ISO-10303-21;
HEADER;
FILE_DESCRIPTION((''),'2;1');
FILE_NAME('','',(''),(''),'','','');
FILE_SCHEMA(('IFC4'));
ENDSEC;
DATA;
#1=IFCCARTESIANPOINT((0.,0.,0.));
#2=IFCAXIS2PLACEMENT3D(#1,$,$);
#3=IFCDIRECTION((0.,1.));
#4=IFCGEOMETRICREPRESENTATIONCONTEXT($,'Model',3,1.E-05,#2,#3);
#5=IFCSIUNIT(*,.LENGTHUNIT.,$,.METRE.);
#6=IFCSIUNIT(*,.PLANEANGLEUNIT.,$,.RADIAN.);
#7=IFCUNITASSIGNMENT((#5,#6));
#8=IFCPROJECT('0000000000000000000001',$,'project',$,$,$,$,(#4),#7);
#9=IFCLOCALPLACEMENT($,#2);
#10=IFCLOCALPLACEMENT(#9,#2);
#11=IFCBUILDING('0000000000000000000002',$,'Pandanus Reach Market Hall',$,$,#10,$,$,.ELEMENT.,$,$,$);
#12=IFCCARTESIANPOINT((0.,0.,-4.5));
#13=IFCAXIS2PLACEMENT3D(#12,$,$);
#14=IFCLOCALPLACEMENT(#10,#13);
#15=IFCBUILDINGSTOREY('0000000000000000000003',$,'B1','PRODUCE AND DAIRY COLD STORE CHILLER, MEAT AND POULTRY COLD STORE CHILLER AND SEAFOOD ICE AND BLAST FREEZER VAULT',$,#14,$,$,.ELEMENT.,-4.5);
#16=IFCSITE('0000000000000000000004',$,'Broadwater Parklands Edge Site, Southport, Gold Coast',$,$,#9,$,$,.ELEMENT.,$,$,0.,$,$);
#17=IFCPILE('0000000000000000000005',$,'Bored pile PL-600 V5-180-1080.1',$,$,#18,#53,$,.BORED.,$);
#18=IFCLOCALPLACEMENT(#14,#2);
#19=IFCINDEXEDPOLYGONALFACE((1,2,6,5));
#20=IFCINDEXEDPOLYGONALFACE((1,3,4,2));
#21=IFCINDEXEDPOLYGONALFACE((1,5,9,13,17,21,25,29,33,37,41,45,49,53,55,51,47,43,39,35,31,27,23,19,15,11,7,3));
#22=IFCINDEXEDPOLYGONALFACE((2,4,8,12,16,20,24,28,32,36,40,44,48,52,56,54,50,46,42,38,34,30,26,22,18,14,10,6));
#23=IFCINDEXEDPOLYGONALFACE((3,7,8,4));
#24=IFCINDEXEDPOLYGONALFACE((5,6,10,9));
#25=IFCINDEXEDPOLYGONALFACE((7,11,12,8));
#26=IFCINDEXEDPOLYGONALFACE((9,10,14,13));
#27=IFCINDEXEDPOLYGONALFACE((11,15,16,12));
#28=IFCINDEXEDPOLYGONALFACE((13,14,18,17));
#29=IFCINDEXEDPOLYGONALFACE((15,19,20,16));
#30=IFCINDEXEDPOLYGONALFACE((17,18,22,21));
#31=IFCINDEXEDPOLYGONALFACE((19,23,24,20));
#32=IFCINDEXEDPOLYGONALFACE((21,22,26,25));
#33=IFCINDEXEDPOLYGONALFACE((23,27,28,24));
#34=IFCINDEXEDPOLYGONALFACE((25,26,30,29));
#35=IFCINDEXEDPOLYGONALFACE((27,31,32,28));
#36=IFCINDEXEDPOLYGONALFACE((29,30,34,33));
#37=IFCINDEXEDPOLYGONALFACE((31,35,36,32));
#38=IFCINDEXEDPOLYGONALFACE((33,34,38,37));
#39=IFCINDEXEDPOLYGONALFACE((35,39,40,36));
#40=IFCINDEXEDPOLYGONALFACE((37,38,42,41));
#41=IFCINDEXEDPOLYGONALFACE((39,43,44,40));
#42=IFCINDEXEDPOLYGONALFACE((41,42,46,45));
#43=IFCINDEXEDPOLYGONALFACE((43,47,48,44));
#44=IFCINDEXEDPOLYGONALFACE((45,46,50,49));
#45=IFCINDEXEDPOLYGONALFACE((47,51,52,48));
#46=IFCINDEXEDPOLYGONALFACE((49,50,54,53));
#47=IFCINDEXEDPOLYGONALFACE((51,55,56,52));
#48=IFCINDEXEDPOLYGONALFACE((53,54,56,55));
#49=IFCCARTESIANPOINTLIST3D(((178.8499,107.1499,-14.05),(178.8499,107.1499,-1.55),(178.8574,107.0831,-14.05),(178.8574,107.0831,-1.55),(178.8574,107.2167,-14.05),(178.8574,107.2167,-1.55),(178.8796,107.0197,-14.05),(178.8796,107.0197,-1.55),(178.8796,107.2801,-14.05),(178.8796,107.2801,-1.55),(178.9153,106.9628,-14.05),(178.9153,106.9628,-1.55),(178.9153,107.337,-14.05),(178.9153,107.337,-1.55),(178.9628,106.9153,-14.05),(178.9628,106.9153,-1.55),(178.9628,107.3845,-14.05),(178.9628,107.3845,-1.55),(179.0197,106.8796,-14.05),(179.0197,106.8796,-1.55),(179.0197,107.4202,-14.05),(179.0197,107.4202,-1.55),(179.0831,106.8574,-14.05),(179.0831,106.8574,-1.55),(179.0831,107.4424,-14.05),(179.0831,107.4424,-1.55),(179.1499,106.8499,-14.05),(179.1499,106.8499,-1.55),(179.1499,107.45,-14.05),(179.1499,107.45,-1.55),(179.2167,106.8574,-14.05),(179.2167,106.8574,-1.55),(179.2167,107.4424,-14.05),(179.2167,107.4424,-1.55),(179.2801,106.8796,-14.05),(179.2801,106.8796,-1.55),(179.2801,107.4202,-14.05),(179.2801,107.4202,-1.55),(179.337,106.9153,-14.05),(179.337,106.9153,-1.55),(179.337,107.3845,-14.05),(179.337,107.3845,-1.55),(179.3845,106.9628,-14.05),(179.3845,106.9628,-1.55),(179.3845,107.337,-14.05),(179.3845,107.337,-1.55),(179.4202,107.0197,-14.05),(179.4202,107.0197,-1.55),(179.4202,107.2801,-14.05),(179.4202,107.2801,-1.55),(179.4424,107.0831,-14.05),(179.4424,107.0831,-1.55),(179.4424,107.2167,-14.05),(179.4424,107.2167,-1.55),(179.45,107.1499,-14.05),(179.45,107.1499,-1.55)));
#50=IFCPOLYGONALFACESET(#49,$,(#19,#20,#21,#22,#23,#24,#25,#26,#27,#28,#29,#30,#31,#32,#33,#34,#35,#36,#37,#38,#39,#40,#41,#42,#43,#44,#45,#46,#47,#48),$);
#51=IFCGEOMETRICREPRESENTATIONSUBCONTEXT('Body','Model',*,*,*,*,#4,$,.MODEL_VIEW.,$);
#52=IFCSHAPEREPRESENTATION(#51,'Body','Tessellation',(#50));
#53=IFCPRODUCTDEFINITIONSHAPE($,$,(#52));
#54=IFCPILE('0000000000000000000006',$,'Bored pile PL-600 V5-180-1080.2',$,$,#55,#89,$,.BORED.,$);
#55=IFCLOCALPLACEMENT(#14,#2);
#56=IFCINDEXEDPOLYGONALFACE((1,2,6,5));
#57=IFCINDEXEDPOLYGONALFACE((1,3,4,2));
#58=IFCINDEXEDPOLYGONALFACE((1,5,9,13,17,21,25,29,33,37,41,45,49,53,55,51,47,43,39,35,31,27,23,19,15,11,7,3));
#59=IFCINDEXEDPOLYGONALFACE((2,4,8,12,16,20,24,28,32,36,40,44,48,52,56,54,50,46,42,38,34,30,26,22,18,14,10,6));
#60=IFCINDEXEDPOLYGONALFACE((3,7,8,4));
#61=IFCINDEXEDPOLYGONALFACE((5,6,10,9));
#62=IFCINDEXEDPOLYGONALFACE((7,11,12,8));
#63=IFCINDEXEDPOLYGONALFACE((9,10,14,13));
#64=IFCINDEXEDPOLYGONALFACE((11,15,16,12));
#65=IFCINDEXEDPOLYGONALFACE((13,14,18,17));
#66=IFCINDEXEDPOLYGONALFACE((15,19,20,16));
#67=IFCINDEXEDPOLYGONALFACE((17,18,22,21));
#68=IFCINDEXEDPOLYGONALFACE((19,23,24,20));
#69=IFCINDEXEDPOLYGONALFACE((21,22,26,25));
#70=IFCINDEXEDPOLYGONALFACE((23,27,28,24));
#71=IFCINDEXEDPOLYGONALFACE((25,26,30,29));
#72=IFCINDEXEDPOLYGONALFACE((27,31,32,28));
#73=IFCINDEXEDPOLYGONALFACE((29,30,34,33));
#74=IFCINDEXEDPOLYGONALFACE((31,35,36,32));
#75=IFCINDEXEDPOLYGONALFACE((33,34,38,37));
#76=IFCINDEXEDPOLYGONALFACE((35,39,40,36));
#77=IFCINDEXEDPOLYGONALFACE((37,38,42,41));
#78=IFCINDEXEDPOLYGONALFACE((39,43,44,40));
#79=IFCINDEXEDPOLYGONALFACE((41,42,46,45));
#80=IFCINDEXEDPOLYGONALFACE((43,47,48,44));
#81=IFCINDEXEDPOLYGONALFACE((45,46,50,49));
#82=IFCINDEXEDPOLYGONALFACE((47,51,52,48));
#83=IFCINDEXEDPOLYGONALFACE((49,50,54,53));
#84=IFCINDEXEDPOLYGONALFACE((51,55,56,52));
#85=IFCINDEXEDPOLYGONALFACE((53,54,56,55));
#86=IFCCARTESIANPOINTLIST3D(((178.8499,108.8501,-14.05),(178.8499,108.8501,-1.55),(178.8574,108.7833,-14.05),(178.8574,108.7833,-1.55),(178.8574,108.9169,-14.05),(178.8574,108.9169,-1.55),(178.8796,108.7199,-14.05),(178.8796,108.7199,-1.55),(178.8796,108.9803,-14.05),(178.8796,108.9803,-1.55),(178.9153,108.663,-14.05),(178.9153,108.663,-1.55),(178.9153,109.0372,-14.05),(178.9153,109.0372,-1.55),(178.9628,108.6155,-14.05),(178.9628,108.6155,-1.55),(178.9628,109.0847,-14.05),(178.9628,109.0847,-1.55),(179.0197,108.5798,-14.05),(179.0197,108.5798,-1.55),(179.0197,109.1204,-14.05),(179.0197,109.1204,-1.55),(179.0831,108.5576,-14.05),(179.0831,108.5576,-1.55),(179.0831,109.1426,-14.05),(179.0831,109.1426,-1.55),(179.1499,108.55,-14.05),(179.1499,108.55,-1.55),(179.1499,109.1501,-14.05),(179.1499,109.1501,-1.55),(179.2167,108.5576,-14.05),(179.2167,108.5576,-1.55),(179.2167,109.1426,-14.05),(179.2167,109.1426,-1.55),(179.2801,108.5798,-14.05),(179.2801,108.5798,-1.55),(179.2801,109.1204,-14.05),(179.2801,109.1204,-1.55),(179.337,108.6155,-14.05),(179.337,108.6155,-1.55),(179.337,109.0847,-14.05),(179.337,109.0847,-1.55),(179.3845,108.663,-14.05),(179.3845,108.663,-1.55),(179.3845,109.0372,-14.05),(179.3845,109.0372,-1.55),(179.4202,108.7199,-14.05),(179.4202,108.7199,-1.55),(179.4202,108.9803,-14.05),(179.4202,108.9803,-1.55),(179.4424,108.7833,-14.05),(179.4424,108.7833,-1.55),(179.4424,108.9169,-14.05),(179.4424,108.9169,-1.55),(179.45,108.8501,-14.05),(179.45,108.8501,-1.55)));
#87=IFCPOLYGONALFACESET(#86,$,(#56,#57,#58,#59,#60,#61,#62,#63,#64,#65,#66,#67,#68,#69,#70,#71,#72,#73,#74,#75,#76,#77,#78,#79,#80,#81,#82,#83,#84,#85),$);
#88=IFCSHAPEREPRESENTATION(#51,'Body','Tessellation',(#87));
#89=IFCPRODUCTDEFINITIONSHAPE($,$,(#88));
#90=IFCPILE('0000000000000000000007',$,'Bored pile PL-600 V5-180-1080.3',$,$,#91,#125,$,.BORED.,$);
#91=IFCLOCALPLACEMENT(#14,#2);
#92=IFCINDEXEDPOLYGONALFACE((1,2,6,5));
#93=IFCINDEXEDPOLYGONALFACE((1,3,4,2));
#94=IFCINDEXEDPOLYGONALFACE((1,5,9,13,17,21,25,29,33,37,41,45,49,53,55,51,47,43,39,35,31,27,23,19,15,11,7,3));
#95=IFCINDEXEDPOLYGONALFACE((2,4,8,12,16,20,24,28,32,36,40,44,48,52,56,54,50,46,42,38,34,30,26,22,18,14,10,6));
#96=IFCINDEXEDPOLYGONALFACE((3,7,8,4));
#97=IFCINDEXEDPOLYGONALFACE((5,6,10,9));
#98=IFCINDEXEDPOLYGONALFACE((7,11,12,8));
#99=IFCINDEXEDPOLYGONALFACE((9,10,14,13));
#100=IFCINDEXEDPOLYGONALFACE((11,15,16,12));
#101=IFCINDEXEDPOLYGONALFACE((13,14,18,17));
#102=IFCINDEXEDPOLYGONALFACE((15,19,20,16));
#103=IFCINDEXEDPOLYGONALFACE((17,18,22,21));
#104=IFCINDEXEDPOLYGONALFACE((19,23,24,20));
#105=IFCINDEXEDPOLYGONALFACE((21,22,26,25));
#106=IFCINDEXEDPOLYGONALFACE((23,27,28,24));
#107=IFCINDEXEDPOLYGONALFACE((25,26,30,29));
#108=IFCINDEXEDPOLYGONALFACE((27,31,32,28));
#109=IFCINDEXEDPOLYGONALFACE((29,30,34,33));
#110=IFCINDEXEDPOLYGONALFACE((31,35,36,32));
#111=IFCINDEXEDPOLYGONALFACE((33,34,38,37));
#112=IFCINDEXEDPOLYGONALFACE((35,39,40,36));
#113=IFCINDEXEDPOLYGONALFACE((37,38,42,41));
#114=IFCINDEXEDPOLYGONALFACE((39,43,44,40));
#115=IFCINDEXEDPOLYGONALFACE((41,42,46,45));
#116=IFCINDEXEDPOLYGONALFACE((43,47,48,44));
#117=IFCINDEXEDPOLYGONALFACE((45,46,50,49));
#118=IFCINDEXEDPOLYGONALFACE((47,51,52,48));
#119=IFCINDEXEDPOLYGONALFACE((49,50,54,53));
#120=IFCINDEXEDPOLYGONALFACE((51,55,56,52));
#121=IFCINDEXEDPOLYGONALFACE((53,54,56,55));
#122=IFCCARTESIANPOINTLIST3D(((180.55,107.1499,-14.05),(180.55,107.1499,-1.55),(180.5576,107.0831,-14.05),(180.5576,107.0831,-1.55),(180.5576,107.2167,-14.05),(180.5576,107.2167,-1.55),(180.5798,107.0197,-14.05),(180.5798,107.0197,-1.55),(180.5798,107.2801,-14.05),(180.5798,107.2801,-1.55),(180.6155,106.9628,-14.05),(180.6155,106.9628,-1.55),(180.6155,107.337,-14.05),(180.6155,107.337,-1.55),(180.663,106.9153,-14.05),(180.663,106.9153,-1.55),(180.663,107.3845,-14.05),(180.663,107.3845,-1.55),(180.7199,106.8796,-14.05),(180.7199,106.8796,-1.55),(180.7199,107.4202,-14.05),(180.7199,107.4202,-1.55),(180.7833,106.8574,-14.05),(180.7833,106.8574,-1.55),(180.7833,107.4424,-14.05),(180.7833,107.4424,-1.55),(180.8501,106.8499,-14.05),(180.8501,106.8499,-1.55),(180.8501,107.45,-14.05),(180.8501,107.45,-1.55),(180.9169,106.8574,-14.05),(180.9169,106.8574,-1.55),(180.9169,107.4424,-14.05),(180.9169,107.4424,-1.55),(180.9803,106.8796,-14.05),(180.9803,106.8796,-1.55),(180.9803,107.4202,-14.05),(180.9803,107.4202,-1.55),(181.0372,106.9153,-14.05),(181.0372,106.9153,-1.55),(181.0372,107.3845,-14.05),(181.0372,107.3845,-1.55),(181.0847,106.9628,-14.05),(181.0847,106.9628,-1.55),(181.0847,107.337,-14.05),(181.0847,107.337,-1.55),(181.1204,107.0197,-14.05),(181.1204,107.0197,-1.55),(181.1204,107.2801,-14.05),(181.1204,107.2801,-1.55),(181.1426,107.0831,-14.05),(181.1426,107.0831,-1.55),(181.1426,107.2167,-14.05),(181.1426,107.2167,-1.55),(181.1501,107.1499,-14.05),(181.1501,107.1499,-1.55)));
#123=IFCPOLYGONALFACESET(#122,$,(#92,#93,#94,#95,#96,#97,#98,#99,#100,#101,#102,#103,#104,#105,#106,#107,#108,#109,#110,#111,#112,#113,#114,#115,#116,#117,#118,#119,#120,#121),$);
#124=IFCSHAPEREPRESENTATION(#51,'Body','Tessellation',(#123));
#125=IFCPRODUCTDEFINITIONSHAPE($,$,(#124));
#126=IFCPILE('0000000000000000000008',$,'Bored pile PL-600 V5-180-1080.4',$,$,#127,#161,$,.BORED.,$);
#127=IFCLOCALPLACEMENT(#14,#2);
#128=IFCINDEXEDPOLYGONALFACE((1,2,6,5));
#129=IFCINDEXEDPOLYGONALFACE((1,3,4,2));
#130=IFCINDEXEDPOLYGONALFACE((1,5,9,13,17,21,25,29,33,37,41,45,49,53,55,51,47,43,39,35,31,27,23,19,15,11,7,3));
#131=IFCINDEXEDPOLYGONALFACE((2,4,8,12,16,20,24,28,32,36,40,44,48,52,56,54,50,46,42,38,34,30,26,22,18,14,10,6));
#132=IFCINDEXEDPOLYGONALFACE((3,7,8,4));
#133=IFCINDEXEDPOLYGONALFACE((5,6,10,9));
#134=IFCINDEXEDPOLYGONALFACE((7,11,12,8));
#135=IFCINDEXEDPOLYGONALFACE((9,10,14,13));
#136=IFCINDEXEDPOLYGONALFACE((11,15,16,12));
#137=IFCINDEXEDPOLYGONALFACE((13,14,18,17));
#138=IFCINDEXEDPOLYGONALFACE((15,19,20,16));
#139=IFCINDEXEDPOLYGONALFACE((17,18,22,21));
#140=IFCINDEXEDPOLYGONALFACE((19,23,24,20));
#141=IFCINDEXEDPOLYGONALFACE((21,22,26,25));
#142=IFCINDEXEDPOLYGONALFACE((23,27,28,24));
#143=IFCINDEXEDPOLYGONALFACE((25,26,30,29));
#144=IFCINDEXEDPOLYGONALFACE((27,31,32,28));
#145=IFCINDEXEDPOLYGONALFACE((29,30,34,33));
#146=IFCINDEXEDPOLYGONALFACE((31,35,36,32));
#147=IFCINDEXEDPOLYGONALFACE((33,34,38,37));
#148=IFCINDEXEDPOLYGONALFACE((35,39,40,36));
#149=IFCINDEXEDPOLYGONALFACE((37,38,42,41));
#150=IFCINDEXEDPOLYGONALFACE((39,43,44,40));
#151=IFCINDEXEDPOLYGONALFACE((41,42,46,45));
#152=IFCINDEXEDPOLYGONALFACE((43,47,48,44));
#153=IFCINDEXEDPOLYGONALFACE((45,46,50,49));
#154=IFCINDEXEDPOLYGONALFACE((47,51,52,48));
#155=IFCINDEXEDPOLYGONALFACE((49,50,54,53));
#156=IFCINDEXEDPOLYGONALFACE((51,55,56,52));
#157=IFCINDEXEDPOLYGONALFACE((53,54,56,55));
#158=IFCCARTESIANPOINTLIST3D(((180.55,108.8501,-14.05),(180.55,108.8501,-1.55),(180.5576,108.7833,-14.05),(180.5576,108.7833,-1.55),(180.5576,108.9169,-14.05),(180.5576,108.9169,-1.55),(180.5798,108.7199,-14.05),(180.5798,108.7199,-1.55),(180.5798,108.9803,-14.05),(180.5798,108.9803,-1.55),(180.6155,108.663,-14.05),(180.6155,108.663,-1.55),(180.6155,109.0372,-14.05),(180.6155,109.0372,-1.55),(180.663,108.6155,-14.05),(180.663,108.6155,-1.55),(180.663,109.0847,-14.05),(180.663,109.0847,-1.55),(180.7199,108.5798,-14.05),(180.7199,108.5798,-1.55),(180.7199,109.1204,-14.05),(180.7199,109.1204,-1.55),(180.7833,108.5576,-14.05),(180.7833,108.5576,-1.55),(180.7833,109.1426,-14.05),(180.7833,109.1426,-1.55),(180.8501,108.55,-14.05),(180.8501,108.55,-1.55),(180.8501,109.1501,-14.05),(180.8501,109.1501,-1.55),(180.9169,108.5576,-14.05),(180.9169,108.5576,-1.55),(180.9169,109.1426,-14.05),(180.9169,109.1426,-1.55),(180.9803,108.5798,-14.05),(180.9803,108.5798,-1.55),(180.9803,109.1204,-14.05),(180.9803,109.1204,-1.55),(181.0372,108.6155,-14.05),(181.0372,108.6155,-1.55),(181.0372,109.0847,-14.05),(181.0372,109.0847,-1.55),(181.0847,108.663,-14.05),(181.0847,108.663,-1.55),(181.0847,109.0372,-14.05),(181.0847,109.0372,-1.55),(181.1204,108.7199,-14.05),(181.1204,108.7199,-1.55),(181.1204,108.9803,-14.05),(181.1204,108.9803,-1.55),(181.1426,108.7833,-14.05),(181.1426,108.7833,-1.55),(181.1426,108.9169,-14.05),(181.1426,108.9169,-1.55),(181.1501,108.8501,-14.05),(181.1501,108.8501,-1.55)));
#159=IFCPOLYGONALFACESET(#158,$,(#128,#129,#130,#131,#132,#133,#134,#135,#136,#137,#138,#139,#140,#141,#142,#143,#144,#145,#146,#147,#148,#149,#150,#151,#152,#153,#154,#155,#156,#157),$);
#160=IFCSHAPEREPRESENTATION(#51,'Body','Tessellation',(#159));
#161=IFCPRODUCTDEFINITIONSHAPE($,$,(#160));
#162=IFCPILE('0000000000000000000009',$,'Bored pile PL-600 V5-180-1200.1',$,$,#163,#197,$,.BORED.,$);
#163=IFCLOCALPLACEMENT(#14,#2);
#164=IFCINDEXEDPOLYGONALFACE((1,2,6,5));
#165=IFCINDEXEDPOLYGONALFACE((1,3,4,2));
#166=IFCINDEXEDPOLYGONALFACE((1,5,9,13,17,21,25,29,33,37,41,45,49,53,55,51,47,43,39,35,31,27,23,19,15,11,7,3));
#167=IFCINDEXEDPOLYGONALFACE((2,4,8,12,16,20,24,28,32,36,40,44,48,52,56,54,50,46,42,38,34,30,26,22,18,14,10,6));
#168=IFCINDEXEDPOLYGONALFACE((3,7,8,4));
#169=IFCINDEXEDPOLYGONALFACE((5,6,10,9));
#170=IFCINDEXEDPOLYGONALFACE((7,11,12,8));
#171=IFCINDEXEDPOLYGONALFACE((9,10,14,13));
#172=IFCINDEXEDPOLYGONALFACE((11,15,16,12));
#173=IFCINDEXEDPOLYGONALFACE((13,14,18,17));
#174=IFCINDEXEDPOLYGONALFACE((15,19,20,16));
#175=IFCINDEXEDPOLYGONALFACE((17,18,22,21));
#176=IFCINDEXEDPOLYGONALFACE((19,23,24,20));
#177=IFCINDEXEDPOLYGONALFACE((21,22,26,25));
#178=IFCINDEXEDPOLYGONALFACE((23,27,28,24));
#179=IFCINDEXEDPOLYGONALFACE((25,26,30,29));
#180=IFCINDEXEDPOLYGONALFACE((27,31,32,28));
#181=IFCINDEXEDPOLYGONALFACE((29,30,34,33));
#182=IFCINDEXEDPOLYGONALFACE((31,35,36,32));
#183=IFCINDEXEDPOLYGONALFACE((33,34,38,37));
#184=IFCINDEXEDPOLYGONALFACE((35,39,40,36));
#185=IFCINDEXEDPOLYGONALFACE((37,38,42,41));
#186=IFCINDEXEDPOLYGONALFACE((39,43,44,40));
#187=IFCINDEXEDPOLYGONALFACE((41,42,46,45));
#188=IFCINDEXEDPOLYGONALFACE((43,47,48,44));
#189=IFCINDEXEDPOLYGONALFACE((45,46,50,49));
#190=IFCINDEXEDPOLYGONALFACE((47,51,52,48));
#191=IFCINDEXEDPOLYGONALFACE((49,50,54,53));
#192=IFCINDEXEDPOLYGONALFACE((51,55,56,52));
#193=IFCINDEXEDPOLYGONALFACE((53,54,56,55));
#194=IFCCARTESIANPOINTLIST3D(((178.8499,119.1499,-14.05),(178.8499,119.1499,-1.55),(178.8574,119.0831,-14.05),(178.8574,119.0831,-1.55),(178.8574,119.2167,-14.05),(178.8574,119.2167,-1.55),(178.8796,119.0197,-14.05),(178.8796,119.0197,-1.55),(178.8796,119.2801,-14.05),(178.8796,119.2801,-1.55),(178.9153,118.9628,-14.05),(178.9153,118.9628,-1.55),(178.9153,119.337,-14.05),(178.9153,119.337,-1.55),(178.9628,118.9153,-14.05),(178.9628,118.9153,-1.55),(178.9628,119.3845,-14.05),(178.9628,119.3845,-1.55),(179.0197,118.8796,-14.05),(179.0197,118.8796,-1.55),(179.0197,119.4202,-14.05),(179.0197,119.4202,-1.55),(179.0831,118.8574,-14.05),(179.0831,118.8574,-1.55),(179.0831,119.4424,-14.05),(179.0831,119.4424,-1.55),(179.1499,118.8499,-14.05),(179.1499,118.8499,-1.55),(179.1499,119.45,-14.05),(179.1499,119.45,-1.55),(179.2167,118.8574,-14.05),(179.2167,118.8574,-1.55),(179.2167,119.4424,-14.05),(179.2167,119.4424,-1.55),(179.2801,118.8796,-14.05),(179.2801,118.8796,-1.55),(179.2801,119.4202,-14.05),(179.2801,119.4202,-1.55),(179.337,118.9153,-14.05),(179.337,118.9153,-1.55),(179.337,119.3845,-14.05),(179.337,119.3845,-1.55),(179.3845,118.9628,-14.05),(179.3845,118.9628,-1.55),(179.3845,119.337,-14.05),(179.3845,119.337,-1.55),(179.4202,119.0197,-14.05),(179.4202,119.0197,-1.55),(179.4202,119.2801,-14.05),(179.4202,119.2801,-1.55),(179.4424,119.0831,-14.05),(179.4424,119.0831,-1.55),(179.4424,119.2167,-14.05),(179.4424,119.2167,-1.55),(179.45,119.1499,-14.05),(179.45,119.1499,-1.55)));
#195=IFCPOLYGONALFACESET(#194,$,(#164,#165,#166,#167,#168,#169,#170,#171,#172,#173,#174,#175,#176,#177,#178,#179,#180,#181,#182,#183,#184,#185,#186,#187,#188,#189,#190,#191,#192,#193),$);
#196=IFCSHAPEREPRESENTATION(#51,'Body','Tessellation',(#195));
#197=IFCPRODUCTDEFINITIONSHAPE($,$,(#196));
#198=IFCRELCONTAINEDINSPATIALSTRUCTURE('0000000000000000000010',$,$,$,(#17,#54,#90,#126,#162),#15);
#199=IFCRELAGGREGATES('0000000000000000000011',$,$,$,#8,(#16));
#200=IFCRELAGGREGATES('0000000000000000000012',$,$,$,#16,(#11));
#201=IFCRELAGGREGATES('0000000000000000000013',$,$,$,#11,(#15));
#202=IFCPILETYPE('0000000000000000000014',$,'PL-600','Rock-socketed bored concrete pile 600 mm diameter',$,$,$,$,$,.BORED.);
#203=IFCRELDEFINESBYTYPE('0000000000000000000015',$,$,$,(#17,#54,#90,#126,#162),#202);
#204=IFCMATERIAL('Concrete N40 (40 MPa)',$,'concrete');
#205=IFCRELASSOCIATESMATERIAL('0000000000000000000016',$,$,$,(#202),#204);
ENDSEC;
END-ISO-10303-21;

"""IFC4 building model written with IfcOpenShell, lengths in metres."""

from ifc_helpers import new_model, si_unit, direction, frame, origin, origin_2d, place, context, subcontext, project, spatial, circle, extrude, material, material_profile, profile_set, type_object, element, save


model = new_model("IFC4")

# Units and contexts
model_context = context("Model", 3, precision=1e-05, world=origin(), true_north=direction((0.0, 1.0)))
body_context = subcontext(model_context, "Body", "Model", "MODEL_VIEW")
ifc_project = project(units=[si_unit("LENGTHUNIT", "METRE"), si_unit("PLANEANGLEUNIT", "RADIAN")], contexts=[model_context])

# Site, building, storey
site_placement = place(None, origin())
site = spatial("IfcSite", under=ifc_project, at=site_placement, Name="Broadwater Parklands Edge Site, Southport, Gold Coast", CompositionType="ELEMENT", RefElevation=0.0)
building_placement = place(site_placement, origin())
building = spatial("IfcBuilding", under=site, at=building_placement, Name="Pandanus Reach Market Hall", CompositionType="ELEMENT")
storey_placement = place(building_placement, frame((0.0, 0.0, -4.5)))
storey = spatial("IfcBuildingStorey", under=building, at=storey_placement, Name="B1", Description="PRODUCE AND DAIRY COLD STORE CHILLER, MEAT AND POULTRY COLD STORE CHILLER AND SEAFOOD ICE AND BLAST FREEZER VAULT", CompositionType="ELEMENT", Elevation=-4.5)

# Shared definitions
ifc_material_1 = material(Name="Concrete N40 (40 MPa)", Category="concrete")

# Piles
ifc_material_profile_1 = material_profile(ifc_material_1, circle(Radius=0.3, at=origin_2d()), Name="PILE-600D", Category="LoadBearing")
ifc_profile_set_1 = profile_set([ifc_material_profile_1], Name="Concrete N40 (40 MPa)")
pile_type_1 = type_object("IfcPileType", Name="PL-600", Description="Rock-socketed bored concrete pile 600 mm diameter", PredefinedType="BORED", material=ifc_profile_set_1)
for number, where, z_axis, x_axis, name in (
    (1, (179.1499, 107.1499, -1.55), (0.0, 0.0, -1.0), (1.0, 0.0, 0.0), "Bored pile PL-600 V5-180-1080.1"),
    (2, (179.1499, 108.8501, -1.55), (0.0, 0.0, -1.0), (1.0, 0.0, 0.0), "Bored pile PL-600 V5-180-1080.2"),
    (3, (180.8501, 107.1499, -1.55), (0.0, 0.0, -1.0), (1.0, 0.0, 0.0), "Bored pile PL-600 V5-180-1080.3"),
    (4, (180.8501, 108.8501, -1.55), (0.0, 0.0, -1.0), (1.0, 0.0, 0.0), "Bored pile PL-600 V5-180-1080.4"),
    (5, (179.1499, 119.1499, -1.55), (0.0, 0.0, -1.0), (1.0, 0.0, 0.0), "Bored pile PL-600 V5-180-1200.1"),
):
    element("IfcPile", number, at=place(storey_placement, frame(where, z_axis=z_axis, x_axis=x_axis)), inside=storey, type_object=pile_type_1, Name=name, PredefinedType="BORED", context=body_context, shape_type="SweptSolid", body=[
        extrude(circle(Radius=0.3, at=origin_2d()), origin(), (0.0, 0.0, 1.0), 12.5),
    ])

save(model, "model.ifc")
